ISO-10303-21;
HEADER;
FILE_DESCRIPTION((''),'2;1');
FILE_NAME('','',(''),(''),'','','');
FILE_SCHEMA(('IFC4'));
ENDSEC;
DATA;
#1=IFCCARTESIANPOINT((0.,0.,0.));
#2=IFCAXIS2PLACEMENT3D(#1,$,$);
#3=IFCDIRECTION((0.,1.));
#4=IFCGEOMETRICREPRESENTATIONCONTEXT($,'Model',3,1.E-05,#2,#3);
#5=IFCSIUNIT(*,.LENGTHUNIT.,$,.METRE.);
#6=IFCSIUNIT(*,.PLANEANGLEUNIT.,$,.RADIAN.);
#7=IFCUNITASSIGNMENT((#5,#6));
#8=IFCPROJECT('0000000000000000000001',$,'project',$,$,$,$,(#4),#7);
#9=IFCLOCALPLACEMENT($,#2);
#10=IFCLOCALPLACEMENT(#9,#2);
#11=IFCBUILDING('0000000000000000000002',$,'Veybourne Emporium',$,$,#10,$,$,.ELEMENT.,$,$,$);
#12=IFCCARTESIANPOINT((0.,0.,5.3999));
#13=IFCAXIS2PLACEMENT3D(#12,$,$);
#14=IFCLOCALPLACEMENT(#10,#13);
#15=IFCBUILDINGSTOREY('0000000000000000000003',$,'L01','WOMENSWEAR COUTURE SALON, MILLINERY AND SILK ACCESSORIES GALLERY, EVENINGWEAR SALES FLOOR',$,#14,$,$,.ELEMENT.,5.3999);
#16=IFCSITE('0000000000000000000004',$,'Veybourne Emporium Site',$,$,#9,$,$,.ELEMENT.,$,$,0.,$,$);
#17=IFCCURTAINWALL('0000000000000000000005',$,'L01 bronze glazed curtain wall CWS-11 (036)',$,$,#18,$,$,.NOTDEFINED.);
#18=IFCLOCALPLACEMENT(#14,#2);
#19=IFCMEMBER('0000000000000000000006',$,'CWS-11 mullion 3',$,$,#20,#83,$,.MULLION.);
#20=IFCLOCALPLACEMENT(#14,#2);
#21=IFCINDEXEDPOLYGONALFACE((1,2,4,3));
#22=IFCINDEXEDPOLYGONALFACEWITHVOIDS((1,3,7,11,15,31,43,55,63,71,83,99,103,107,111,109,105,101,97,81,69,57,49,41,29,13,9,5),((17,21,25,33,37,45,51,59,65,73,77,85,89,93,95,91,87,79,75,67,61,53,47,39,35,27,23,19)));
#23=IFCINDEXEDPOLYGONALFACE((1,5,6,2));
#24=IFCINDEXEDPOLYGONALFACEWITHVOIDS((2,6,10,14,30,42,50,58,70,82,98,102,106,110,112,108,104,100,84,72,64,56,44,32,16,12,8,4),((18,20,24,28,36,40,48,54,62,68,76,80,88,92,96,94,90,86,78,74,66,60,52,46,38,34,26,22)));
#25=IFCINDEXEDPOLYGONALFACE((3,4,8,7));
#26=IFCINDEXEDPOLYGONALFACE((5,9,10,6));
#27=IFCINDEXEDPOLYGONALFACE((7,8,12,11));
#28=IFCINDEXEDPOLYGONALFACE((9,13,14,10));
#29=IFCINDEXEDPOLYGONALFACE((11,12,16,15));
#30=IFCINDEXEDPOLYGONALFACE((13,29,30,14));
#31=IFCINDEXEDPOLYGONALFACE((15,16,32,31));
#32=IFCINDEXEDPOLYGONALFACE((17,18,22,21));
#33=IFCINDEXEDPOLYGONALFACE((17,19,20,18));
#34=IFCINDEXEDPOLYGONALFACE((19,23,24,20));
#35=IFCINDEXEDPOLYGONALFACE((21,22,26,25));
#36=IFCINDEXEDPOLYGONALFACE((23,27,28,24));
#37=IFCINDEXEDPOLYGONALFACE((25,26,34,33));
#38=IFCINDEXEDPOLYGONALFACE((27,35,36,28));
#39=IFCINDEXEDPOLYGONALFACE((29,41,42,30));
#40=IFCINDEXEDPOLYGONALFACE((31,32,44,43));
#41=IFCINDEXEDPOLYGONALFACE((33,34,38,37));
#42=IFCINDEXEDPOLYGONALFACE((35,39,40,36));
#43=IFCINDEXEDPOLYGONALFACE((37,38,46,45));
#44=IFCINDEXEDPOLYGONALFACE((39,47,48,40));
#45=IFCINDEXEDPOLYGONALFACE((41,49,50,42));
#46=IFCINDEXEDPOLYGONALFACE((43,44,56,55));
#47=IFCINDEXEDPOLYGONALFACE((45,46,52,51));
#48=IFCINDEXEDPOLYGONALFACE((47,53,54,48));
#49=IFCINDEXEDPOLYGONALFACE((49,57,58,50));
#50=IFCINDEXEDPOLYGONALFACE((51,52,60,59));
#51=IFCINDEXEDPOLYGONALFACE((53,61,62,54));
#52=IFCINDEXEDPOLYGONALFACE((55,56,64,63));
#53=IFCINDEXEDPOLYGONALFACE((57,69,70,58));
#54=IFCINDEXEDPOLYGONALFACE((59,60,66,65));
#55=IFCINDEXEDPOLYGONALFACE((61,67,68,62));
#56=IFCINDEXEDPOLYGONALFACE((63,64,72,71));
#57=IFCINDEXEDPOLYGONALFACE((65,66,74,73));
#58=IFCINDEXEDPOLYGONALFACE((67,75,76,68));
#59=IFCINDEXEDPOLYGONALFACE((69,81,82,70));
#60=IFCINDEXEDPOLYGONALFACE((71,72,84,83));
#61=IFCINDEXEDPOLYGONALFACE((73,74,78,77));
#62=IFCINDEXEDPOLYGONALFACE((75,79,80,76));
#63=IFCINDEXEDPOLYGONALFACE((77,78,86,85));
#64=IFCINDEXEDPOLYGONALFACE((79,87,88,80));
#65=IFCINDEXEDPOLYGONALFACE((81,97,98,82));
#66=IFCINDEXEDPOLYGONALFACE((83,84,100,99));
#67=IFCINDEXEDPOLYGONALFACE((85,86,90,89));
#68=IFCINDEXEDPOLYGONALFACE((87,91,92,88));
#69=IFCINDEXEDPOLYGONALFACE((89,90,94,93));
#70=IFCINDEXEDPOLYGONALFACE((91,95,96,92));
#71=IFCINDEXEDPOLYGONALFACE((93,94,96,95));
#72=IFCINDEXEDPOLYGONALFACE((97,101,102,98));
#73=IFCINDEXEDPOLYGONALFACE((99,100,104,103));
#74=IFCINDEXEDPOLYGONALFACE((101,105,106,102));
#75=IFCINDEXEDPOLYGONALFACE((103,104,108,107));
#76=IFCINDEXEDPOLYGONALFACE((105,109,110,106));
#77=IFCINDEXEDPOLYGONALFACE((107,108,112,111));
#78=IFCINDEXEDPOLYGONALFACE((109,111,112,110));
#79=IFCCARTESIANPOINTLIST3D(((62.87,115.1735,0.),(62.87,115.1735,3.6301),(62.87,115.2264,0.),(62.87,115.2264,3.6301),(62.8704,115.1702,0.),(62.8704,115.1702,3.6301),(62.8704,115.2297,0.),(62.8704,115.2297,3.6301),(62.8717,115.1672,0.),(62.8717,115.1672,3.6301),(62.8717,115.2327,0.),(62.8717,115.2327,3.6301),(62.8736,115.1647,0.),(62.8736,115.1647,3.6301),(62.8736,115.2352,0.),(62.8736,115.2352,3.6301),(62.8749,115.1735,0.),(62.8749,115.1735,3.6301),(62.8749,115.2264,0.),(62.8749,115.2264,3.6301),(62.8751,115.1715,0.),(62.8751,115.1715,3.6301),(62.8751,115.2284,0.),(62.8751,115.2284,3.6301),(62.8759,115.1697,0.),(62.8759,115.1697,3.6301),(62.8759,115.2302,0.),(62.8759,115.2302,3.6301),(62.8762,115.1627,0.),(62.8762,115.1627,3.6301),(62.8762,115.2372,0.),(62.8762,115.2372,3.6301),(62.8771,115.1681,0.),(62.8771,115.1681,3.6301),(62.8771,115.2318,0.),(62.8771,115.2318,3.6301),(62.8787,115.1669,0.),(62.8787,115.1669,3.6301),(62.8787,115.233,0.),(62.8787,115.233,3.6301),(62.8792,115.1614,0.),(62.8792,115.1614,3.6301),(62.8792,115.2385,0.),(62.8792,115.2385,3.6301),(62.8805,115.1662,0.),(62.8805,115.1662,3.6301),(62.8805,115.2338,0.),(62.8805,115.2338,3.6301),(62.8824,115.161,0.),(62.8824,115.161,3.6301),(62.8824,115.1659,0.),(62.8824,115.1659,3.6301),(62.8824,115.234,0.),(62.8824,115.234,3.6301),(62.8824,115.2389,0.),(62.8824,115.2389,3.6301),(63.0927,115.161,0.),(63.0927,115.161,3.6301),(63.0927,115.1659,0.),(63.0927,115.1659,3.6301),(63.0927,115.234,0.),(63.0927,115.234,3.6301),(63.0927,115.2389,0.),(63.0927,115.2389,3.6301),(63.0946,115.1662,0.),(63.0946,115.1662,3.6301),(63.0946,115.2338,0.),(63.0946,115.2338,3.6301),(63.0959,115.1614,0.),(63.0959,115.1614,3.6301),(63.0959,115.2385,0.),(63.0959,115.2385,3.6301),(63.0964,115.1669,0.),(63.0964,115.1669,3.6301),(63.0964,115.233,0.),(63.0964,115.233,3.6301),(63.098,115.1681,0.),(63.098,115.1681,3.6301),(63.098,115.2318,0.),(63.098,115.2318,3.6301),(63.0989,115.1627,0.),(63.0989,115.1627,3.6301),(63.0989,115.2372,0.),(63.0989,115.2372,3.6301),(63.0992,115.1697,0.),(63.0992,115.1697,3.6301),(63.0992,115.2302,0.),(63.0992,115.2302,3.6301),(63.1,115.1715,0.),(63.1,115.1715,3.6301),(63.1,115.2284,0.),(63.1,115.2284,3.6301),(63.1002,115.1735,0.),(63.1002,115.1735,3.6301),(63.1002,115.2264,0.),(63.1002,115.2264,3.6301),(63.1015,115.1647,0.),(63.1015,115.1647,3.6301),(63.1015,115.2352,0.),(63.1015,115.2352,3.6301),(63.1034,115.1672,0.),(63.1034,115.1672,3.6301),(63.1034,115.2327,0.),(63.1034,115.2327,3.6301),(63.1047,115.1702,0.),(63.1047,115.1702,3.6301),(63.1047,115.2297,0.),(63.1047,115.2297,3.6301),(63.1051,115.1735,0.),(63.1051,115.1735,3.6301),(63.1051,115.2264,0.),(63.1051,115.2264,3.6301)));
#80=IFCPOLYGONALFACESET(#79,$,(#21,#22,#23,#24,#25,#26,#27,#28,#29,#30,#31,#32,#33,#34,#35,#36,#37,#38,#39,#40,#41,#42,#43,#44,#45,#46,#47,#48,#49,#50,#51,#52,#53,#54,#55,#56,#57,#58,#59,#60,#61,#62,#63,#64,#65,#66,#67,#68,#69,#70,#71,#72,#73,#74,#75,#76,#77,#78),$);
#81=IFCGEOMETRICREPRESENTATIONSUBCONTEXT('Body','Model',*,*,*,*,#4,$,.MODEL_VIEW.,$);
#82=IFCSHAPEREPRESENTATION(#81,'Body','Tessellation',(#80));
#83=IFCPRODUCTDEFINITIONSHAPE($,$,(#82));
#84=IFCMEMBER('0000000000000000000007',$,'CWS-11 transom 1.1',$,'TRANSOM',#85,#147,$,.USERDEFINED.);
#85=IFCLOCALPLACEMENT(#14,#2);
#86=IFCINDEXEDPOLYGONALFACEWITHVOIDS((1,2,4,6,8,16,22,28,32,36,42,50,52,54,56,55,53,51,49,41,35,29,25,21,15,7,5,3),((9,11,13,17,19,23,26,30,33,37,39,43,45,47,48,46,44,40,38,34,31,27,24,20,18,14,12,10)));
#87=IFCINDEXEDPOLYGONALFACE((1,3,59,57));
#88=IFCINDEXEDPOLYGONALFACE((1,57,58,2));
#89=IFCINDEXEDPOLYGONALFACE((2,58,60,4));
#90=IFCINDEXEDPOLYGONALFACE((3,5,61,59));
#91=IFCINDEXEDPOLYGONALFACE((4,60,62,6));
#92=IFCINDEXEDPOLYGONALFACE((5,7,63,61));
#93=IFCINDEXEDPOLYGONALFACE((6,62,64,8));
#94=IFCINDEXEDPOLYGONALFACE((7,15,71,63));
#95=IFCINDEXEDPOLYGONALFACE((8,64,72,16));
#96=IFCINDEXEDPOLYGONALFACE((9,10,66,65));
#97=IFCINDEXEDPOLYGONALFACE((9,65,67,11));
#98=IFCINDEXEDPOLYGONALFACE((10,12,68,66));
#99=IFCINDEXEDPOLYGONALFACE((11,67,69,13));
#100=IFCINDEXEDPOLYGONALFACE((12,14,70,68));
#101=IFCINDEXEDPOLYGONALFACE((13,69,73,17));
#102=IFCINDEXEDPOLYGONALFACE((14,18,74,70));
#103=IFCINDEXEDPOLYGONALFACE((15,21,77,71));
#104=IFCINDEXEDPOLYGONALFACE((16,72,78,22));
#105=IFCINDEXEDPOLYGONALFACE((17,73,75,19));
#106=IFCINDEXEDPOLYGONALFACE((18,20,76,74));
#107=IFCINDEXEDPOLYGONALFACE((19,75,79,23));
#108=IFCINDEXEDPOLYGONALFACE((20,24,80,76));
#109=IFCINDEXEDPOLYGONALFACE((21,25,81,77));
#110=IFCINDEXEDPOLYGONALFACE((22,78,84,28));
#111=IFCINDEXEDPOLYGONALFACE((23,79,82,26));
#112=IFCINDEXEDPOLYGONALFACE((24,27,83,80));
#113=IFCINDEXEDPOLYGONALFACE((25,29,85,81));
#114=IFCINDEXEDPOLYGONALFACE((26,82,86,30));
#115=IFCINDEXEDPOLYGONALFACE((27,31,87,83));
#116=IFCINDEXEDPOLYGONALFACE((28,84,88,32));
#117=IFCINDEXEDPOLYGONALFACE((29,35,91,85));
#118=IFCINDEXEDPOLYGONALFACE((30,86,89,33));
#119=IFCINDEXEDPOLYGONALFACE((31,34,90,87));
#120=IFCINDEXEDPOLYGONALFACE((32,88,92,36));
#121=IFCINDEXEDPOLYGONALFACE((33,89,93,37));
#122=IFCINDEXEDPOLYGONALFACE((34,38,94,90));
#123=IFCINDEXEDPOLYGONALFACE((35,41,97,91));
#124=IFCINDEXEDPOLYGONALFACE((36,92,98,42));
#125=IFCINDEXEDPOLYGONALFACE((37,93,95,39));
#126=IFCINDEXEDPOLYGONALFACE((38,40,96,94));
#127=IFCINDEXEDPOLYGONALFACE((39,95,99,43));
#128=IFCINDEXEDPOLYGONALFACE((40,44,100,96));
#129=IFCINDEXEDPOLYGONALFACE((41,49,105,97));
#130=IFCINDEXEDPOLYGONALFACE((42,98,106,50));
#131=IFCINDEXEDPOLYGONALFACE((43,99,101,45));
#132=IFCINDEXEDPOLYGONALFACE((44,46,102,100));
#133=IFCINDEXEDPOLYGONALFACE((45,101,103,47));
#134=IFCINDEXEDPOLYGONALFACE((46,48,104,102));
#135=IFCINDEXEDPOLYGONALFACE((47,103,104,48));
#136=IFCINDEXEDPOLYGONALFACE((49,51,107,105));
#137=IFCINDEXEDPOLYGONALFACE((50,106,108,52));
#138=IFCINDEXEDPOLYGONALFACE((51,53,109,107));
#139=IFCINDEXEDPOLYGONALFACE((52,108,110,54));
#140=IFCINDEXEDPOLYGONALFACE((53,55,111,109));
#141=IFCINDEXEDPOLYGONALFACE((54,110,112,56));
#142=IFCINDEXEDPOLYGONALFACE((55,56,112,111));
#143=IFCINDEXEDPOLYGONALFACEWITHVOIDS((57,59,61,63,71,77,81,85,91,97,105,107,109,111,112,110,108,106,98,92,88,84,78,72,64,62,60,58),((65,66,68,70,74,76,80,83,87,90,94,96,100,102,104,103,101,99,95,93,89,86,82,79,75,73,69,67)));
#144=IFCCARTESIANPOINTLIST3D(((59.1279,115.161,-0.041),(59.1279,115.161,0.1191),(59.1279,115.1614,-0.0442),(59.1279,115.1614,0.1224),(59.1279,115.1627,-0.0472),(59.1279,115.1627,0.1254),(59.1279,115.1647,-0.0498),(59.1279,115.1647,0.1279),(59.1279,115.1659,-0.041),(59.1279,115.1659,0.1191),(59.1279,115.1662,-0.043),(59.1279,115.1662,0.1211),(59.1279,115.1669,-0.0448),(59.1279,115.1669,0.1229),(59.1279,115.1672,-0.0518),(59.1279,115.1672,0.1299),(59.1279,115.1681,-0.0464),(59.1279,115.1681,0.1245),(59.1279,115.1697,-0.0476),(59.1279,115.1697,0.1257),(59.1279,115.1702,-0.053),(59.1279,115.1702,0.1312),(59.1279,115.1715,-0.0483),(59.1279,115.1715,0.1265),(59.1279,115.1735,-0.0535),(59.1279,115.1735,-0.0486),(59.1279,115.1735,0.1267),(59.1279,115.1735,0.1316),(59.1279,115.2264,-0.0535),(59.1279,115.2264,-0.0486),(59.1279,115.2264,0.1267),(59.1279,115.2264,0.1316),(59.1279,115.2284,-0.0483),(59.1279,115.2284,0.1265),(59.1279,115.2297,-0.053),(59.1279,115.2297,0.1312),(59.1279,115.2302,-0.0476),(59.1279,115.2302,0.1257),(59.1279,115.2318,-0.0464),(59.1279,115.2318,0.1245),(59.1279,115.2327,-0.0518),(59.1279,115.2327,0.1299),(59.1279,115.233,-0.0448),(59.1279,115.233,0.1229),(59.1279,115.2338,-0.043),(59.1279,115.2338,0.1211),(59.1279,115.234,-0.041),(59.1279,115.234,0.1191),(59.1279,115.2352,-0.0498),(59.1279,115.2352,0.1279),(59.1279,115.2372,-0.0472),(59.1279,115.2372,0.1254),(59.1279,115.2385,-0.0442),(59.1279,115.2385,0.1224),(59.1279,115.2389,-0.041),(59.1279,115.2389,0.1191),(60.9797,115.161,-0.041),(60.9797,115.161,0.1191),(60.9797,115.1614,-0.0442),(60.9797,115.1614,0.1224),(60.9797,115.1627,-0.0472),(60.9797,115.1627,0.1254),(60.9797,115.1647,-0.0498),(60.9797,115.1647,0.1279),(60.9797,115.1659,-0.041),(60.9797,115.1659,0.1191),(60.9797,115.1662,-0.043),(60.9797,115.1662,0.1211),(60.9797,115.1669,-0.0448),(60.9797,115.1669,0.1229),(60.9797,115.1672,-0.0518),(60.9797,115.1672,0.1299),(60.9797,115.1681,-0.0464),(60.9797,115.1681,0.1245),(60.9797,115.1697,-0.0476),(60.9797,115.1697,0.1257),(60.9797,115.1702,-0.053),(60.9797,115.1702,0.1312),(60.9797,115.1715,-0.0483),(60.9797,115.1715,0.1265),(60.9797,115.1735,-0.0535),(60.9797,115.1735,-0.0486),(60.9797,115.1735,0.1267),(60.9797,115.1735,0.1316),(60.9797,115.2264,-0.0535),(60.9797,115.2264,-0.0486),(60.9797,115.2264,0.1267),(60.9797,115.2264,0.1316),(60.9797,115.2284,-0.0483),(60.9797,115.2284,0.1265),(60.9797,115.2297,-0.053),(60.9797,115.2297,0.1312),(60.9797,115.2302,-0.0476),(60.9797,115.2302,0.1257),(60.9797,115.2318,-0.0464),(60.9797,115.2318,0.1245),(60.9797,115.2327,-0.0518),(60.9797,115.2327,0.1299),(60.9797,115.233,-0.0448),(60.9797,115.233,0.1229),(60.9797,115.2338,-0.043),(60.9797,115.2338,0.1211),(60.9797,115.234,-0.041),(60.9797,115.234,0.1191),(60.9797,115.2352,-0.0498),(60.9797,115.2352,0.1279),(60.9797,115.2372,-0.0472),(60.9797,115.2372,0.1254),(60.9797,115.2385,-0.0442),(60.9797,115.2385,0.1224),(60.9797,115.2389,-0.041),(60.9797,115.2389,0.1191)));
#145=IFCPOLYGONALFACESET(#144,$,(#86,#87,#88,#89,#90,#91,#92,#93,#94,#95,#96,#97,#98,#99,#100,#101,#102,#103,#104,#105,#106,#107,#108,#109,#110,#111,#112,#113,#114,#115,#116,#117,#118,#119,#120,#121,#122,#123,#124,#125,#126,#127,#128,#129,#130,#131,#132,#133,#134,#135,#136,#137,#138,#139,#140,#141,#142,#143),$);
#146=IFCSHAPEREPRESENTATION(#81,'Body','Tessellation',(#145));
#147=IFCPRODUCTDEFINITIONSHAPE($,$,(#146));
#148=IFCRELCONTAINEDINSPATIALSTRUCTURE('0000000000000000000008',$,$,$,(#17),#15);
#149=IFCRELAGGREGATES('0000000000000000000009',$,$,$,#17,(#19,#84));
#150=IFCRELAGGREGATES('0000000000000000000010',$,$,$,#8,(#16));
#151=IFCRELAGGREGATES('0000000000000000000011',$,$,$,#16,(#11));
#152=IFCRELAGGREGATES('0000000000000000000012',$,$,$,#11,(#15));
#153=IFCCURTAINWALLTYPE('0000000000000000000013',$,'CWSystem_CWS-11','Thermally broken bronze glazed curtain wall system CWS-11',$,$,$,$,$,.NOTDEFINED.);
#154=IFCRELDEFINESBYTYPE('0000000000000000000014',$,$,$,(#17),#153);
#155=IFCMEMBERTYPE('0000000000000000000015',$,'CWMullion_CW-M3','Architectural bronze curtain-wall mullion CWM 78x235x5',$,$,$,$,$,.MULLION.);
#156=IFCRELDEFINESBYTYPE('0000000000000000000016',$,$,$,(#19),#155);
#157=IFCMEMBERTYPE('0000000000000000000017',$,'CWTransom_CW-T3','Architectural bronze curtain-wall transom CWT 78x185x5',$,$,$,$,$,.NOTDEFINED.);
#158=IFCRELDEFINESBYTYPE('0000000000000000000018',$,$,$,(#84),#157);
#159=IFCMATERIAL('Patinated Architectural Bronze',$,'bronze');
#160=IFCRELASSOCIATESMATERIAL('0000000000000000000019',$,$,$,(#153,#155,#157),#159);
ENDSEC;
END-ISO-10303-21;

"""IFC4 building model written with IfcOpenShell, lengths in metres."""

from ifc_helpers import new_model, si_unit, direction, frame, origin, origin_2d, place, context, subcontext, project, spatial, hollow_rectangle, extrude, material, material_profile, profile_set, type_object, element, aggregate, save


model = new_model("IFC4")

# Units and contexts
model_context = context("Model", 3, precision=1e-05, world=origin(), true_north=direction((0.0, 1.0)))
body_context = subcontext(model_context, "Body", "Model", "MODEL_VIEW")
ifc_project = project(units=[si_unit("LENGTHUNIT", "METRE"), si_unit("PLANEANGLEUNIT", "RADIAN")], contexts=[model_context])

# Site, building, storey
site_placement = place(None, origin())
site = spatial("IfcSite", under=ifc_project, at=site_placement, Name="Veybourne Emporium Site", CompositionType="ELEMENT", RefElevation=0.0)
building_placement = place(site_placement, origin())
building = spatial("IfcBuilding", under=site, at=building_placement, Name="Veybourne Emporium", CompositionType="ELEMENT")
storey_placement = place(building_placement, frame((0.0, 0.0, 5.3999)))
storey = spatial("IfcBuildingStorey", under=building, at=storey_placement, Name="L01", Description="WOMENSWEAR COUTURE SALON, MILLINERY AND SILK ACCESSORIES GALLERY, EVENINGWEAR SALES FLOOR", CompositionType="ELEMENT", Elevation=5.3999)

# Curtain wall, members
ifc_material_1 = material(Name="Patinated Architectural Bronze", Category="bronze")
curtain_wall_type = type_object("IfcCurtainWallType", Name="CWSystem_CWS-11", Description="Thermally broken bronze glazed curtain wall system CWS-11", PredefinedType="NOTDEFINED", material=ifc_material_1)
curtain_wall_placement = place(storey_placement, origin())
curtain_wall = element("IfcCurtainWall", 1, at=curtain_wall_placement, inside=storey, type_object=curtain_wall_type, Name="L01 bronze glazed curtain wall CWS-11 (036)", PredefinedType="NOTDEFINED")
ifc_material_profile_1 = material_profile(ifc_material_1, hollow_rectangle(XDim=0.0779, YDim=0.2351, WallThickness=0.0049, InnerFilletRadius=0.0076, OuterFilletRadius=0.0125, at=origin_2d()), Name="CWM 78x235x5")
ifc_profile_set_1 = profile_set([ifc_material_profile_1], Name="Patinated Architectural Bronze")
member_type_1 = type_object("IfcMemberType", Name="CWMullion_CW-M3", Description="Architectural bronze curtain-wall mullion CWM 78x235x5", PredefinedType="MULLION", material=ifc_profile_set_1)
member_1_placement = place(storey_placement, frame((62.9875, 115.2, 0.0), z_axis=(0.0, 0.0, 1.0), x_axis=(0.0, 1.0, 0.0)))
member_1 = element("IfcMember", 2, at=member_1_placement, type_object=member_type_1, Name="CWS-11 mullion 3", PredefinedType="MULLION", context=body_context, shape_type="SweptSolid", body=[
    extrude(hollow_rectangle(XDim=0.0779, YDim=0.2351, WallThickness=0.0049, InnerFilletRadius=0.0076, OuterFilletRadius=0.0125, at=origin_2d()), origin(), (0.0, 0.0, 1.0), 3.6301),
])
ifc_material_profile_2 = material_profile(ifc_material_1, hollow_rectangle(XDim=0.0779, YDim=0.1851, WallThickness=0.0049, InnerFilletRadius=0.0076, OuterFilletRadius=0.0125, at=origin_2d()), Name="CWT 78x185x5")
ifc_profile_set_2 = profile_set([ifc_material_profile_2], Name="Patinated Architectural Bronze")
member_type_2 = type_object("IfcMemberType", Name="CWTransom_CW-T3", Description="Architectural bronze curtain-wall transom CWT 78x185x5", PredefinedType="NOTDEFINED", material=ifc_profile_set_2)
member_2_placement = place(storey_placement, frame((59.1279, 115.2, 0.0391), z_axis=(1.0, 0.0, 0.0), x_axis=(0.0, 1.0, 0.0)))
member_2 = element("IfcMember", 3, at=member_2_placement, type_object=member_type_2, Name="CWS-11 transom 1.1", ObjectType="TRANSOM", PredefinedType="USERDEFINED", context=body_context, shape_type="SweptSolid", body=[
    extrude(hollow_rectangle(XDim=0.0779, YDim=0.1851, WallThickness=0.0049, InnerFilletRadius=0.0076, OuterFilletRadius=0.0125, at=origin_2d()), origin(), (0.0, 0.0, 1.0), 1.8518),
])

aggregate(curtain_wall, [member_1, member_2])

save(model, "model.ifc")
